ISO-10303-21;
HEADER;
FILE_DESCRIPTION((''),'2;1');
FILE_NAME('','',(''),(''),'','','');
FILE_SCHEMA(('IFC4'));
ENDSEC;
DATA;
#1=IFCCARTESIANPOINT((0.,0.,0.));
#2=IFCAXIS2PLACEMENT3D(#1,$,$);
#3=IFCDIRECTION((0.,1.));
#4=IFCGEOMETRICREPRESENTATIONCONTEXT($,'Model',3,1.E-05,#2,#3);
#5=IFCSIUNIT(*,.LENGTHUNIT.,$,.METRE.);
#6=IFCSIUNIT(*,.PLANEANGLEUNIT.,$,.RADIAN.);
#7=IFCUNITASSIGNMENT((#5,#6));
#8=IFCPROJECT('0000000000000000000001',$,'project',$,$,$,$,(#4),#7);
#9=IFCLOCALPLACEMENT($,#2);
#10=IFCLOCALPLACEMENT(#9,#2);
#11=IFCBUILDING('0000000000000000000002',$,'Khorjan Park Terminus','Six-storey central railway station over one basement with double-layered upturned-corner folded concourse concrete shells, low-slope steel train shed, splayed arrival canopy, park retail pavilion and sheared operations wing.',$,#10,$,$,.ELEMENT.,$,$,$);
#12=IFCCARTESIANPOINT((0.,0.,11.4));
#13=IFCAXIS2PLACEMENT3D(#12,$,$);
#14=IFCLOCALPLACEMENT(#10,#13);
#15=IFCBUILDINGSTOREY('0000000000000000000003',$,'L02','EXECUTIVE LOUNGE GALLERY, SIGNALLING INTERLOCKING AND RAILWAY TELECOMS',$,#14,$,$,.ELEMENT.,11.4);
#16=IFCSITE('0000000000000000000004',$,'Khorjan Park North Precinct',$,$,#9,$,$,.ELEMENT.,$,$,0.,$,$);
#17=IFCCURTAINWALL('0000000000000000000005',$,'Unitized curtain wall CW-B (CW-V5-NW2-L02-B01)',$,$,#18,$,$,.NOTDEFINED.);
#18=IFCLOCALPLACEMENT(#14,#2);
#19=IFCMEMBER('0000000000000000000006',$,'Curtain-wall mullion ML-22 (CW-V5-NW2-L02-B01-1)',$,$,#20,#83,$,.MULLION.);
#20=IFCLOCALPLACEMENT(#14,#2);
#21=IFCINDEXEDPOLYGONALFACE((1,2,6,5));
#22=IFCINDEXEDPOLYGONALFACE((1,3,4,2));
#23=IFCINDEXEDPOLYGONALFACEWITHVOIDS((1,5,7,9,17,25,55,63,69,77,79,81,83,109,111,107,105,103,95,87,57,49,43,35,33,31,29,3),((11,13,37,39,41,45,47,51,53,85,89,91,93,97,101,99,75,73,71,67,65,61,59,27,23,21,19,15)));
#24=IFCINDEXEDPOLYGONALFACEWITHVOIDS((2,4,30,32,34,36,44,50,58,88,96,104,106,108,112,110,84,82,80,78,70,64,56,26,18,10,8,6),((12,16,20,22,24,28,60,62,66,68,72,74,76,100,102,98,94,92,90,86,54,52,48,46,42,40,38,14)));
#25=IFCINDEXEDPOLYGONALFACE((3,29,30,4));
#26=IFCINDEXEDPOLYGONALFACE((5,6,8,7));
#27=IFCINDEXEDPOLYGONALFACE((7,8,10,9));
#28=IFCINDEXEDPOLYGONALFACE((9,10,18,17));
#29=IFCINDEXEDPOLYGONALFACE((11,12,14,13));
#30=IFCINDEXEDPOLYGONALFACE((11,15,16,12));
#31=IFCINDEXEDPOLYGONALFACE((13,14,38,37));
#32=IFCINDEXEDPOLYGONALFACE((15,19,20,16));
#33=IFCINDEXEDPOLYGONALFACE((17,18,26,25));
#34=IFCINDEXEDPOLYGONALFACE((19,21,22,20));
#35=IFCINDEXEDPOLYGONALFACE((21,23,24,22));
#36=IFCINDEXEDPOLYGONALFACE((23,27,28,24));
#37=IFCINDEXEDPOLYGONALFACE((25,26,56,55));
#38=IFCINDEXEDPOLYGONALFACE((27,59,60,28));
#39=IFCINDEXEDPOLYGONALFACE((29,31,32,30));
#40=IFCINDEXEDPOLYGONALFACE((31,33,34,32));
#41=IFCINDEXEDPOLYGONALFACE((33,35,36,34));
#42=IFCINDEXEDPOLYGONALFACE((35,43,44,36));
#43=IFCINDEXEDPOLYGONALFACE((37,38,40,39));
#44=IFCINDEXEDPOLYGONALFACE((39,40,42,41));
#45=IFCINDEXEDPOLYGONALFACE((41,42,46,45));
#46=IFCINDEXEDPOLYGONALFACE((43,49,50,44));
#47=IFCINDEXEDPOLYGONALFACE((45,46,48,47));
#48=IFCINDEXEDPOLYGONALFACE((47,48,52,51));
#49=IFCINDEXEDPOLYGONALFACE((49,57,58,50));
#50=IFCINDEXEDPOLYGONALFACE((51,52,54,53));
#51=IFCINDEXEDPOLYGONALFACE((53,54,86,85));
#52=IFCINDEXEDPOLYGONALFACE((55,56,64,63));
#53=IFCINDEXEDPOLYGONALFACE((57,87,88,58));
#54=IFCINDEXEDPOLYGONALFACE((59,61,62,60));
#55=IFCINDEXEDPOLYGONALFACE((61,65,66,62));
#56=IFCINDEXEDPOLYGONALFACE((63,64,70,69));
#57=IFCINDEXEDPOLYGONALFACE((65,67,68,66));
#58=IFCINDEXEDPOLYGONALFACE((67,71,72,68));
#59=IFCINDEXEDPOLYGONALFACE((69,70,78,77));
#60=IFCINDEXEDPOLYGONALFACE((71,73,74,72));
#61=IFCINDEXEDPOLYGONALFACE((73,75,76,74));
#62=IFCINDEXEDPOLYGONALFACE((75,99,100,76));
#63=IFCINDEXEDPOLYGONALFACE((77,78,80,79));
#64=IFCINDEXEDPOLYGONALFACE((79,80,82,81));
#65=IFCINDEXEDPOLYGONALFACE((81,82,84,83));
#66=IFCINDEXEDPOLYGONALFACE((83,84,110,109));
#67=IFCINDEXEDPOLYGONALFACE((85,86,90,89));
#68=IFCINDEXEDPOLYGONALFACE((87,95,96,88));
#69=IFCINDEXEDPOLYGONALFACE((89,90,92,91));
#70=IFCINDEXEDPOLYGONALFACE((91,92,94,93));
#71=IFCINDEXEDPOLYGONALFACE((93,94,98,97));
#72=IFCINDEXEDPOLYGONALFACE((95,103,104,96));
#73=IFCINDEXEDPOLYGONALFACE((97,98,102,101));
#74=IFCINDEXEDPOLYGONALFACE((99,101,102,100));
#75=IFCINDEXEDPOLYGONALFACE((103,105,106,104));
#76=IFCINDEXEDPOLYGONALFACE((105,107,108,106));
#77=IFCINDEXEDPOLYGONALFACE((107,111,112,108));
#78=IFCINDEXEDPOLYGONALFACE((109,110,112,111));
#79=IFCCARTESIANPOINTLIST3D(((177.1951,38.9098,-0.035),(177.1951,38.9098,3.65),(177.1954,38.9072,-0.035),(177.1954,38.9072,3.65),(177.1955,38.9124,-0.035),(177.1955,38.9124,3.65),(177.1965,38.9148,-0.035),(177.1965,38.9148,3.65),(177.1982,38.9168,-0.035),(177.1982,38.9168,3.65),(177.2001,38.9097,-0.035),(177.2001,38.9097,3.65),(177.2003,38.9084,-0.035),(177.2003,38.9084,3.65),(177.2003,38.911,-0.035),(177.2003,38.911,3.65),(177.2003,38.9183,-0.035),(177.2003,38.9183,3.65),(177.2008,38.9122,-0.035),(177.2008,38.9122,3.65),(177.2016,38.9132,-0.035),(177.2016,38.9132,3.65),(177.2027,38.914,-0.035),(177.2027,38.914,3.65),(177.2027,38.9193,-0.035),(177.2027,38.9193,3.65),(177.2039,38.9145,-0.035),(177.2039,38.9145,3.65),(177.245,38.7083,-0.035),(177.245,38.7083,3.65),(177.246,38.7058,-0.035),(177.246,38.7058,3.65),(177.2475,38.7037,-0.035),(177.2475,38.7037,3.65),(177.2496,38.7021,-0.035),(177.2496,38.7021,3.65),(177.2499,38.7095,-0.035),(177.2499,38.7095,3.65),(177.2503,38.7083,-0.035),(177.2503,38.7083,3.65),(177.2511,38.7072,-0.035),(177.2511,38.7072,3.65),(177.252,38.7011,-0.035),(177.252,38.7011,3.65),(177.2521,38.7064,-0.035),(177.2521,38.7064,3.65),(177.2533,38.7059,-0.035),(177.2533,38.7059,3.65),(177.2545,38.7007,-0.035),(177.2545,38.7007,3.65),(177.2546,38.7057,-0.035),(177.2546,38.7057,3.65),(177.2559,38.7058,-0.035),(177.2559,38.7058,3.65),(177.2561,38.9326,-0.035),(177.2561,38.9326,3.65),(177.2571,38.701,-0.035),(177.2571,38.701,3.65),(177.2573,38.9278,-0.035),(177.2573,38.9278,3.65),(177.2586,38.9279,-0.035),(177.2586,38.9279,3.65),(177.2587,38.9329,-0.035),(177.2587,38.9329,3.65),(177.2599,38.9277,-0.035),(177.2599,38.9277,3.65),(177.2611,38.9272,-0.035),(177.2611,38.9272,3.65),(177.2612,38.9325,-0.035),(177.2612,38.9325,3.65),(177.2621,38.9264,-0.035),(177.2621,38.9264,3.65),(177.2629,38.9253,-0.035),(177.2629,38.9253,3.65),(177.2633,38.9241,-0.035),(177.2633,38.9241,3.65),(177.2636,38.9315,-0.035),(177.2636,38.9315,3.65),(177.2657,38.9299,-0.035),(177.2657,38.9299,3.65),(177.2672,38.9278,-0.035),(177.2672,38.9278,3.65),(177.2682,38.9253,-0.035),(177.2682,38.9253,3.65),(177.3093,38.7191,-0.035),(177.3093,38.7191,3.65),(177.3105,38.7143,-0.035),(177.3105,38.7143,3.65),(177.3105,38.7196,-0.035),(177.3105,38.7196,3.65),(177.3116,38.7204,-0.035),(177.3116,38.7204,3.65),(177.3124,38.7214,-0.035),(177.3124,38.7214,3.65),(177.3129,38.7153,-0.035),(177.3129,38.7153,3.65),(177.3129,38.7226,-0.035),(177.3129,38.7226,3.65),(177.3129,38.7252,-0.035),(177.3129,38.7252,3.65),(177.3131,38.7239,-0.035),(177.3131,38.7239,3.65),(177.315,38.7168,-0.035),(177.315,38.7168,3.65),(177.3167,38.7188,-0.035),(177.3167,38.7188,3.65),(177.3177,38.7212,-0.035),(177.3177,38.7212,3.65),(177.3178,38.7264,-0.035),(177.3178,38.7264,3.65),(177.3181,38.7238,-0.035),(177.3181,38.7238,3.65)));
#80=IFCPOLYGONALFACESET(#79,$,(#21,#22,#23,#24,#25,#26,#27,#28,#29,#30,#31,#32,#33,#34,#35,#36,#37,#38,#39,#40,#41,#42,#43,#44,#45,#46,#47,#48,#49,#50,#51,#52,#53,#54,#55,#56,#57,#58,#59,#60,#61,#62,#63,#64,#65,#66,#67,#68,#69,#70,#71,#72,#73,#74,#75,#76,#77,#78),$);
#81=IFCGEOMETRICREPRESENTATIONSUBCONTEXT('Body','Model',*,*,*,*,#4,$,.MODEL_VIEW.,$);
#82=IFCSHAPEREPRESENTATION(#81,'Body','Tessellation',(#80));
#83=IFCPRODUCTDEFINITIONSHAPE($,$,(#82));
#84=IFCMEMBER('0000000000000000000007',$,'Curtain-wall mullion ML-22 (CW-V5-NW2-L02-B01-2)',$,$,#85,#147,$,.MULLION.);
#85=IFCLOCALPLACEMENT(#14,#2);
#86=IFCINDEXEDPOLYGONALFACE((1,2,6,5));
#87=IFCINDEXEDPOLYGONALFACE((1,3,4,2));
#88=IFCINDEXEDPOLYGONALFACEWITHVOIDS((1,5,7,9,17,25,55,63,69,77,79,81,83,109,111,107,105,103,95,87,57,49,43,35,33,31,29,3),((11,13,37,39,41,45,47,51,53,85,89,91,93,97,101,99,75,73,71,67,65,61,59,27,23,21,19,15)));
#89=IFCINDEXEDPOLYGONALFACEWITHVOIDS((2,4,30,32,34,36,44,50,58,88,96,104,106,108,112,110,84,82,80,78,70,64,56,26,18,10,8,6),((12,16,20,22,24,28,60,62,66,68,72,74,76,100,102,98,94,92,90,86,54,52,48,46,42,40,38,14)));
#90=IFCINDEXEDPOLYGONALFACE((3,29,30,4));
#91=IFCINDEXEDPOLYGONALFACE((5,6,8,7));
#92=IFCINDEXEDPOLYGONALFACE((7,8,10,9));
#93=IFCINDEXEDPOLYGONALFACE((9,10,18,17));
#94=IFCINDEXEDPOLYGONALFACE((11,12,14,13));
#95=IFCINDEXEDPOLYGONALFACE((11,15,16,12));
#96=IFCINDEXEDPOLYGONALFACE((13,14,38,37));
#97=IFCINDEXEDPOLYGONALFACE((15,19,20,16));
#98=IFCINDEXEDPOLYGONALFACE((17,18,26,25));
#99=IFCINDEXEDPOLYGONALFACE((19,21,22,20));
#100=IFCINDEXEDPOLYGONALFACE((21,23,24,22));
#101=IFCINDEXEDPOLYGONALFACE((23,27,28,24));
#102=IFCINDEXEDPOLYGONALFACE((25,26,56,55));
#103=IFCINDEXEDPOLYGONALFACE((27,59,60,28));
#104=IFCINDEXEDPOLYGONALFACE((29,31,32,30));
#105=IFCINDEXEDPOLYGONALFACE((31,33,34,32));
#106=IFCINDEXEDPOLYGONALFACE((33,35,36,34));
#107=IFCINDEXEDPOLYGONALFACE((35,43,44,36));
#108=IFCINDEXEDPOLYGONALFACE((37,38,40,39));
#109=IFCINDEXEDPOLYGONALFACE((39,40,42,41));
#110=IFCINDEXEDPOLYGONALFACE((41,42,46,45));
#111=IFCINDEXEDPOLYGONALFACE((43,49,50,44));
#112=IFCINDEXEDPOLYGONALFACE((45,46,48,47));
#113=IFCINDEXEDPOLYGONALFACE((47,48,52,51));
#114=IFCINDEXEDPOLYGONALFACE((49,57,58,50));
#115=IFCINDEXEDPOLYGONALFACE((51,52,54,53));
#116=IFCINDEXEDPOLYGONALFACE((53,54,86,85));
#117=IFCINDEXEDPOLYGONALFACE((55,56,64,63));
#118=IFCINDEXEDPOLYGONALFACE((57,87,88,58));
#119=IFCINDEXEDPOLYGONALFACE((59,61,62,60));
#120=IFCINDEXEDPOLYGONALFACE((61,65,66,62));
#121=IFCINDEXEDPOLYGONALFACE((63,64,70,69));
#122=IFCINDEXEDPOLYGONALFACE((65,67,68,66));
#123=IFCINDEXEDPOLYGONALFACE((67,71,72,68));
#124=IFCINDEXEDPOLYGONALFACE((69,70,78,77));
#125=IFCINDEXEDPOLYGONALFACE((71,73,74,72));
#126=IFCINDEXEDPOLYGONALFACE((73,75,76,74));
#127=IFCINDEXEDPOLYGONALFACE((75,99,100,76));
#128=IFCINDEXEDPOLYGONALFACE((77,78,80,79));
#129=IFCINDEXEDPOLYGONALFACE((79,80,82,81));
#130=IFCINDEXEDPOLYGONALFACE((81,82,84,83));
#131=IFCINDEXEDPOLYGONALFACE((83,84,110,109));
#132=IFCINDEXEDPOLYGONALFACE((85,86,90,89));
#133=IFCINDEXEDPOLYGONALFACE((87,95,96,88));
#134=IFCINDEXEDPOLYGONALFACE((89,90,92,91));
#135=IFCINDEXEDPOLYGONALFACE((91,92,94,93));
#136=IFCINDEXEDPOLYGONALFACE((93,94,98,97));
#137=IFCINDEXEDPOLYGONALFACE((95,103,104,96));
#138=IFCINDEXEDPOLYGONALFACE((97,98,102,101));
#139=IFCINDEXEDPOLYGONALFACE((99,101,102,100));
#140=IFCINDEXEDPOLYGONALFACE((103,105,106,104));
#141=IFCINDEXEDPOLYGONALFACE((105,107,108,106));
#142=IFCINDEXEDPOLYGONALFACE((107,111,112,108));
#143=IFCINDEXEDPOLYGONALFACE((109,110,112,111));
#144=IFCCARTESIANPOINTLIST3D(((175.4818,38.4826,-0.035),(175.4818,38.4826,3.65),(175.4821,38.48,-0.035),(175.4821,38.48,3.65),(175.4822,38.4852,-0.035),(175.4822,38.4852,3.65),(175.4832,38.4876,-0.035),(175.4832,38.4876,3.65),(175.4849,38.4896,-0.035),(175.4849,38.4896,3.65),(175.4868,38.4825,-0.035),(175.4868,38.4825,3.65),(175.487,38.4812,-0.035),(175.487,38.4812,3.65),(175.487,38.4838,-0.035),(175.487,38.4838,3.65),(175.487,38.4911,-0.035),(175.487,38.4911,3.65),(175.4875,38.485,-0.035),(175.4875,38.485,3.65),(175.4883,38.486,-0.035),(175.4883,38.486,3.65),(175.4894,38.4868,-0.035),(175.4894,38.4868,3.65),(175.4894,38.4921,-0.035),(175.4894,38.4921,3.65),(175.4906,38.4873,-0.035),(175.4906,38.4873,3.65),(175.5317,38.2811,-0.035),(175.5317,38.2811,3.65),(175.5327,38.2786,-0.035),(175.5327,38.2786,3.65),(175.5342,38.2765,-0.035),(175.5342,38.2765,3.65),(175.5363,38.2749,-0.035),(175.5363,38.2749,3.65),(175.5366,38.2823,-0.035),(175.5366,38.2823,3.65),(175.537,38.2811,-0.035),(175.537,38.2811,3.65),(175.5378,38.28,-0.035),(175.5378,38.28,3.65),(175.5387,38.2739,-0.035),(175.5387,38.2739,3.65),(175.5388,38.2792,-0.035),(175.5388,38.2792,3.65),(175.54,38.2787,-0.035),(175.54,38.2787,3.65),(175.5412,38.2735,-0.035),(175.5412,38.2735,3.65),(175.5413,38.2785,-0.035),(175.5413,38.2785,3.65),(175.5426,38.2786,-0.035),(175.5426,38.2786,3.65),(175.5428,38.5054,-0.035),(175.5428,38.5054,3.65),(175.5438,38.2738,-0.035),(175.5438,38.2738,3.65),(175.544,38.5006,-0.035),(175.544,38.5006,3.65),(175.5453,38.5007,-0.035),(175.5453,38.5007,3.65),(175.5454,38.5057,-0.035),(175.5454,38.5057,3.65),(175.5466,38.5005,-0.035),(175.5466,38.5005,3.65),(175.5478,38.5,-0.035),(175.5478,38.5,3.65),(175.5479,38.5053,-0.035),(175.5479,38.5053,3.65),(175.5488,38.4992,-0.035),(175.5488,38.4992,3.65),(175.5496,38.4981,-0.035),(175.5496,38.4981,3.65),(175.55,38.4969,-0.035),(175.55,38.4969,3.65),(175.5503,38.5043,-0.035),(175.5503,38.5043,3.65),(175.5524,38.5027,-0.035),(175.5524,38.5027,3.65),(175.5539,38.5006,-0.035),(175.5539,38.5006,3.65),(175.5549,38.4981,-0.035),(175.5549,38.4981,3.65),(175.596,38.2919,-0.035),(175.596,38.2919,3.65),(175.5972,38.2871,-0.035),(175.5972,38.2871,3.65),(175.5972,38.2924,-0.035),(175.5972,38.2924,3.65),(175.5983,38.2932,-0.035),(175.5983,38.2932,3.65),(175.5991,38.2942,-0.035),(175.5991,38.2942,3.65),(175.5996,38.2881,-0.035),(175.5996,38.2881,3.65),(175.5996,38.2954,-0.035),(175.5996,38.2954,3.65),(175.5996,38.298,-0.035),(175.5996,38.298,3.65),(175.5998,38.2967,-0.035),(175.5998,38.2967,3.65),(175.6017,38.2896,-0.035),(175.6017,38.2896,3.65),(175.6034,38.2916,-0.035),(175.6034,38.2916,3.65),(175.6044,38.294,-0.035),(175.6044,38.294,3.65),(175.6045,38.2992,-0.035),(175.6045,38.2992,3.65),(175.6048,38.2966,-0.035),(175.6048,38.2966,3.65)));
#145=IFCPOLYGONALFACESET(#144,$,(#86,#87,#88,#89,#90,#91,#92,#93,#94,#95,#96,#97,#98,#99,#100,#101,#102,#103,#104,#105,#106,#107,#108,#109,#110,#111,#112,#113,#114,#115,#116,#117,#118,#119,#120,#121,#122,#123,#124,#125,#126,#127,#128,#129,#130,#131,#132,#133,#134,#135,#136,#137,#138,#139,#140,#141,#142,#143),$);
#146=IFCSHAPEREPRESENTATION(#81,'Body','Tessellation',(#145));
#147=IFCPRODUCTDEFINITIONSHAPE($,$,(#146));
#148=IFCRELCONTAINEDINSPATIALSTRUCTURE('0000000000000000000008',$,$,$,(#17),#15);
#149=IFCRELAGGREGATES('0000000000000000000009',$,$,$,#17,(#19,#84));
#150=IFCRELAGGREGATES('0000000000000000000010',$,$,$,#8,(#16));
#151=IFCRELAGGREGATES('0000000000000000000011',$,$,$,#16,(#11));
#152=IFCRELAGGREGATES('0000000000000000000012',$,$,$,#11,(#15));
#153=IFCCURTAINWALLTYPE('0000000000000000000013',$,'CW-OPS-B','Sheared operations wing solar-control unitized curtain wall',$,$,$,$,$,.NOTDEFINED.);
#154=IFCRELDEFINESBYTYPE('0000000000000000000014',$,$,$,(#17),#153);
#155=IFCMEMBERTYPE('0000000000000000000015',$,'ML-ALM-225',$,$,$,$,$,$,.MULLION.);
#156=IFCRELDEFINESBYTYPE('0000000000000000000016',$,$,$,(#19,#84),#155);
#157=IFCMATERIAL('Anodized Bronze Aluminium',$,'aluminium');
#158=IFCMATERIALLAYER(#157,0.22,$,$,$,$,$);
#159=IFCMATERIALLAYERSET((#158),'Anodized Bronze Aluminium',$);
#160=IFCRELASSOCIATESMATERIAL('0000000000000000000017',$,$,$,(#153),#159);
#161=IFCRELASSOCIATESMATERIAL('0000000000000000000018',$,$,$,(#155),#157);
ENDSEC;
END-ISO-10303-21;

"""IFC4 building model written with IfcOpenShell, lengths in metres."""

from ifc_helpers import new_model, si_unit, direction, frame, origin, origin_2d, place, context, subcontext, project, spatial, hollow_rectangle, extrude, material, layer, layer_set, material_profile, profile_set, type_object, element, aggregate, save


model = new_model("IFC4")

# Units and contexts
model_context = context("Model", 3, precision=1e-05, world=origin(), true_north=direction((0.0, 1.0)))
body_context = subcontext(model_context, "Body", "Model", "MODEL_VIEW")
ifc_project = project(units=[si_unit("LENGTHUNIT", "METRE"), si_unit("PLANEANGLEUNIT", "RADIAN")], contexts=[model_context])

# Site, building, storey
site_placement = place(None, origin())
site = spatial("IfcSite", under=ifc_project, at=site_placement, Name="Khorjan Park North Precinct", CompositionType="ELEMENT", RefElevation=0.0)
building_placement = place(site_placement, origin())
building = spatial("IfcBuilding", under=site, at=building_placement, Name="Khorjan Park Terminus", Description="Six-storey central railway station over one basement with double-layered upturned-corner folded concourse concrete shells, low-slope steel train shed, splayed arrival canopy, park retail pavilion and sheared operations wing.", CompositionType="ELEMENT")
storey_placement = place(building_placement, frame((0.0, 0.0, 11.4)))
storey = spatial("IfcBuildingStorey", under=building, at=storey_placement, Name="L02", Description="EXECUTIVE LOUNGE GALLERY, SIGNALLING INTERLOCKING AND RAILWAY TELECOMS", CompositionType="ELEMENT", Elevation=11.4)

# Shared definitions
ifc_material_1 = material(Name="Anodized Bronze Aluminium", Category="aluminium")
ifc_layer_1 = layer(ifc_material_1, 0.22)
ifc_layer_set_1 = layer_set([ifc_layer_1], Name="Anodized Bronze Aluminium")
curtain_wall_type = type_object("IfcCurtainWallType", Name="CW-OPS-B", Description="Sheared operations wing solar-control unitized curtain wall", PredefinedType="NOTDEFINED", material=ifc_layer_set_1)
ifc_material_profile_1 = material_profile(ifc_material_1, hollow_rectangle(XDim=0.075, YDim=0.225, WallThickness=0.005, InnerFilletRadius=0.005, OuterFilletRadius=0.01, at=origin_2d()), Name="ALM 75x225x5")
ifc_profile_set_1 = profile_set([ifc_material_profile_1], Name="Anodized Bronze Aluminium")
member_type_1 = type_object("IfcMemberType", Name="ML-ALM-225", PredefinedType="MULLION", material=ifc_profile_set_1)

# Curtain wall, members
curtain_wall_1_placement = place(storey_placement, origin())
curtain_wall_1 = element("IfcCurtainWall", 1, at=curtain_wall_1_placement, inside=storey, type_object=curtain_wall_type, Name="Unitized curtain wall CW-B (CW-V5-NW2-L02-B01)", PredefinedType="NOTDEFINED")
member_1_placement = place(storey_placement, frame((177.2566, 38.8168, -0.035), z_axis=(0.0, 0.0, 1.0), x_axis=(-0.970297, -0.241918, 0.0)))
member_1 = element("IfcMember", 2, at=member_1_placement, type_object=member_type_1, Name="Curtain-wall mullion ML-22 (CW-V5-NW2-L02-B01-1)", PredefinedType="MULLION", context=body_context, shape_type="SweptSolid", body=[
    extrude(hollow_rectangle(XDim=0.075, YDim=0.225, WallThickness=0.005, InnerFilletRadius=0.005, OuterFilletRadius=0.01, at=origin_2d()), origin(), (0.0, 0.0, 1.0), 3.685),
])
member_2_placement = place(storey_placement, frame((175.5433, 38.3896, -0.035), z_axis=(0.0, 0.0, 1.0), x_axis=(-0.970297, -0.241918, 0.0)))
member_2 = element("IfcMember", 3, at=member_2_placement, type_object=member_type_1, Name="Curtain-wall mullion ML-22 (CW-V5-NW2-L02-B01-2)", PredefinedType="MULLION", context=body_context, shape_type="SweptSolid", body=[
    extrude(hollow_rectangle(XDim=0.075, YDim=0.225, WallThickness=0.005, InnerFilletRadius=0.005, OuterFilletRadius=0.01, at=origin_2d()), origin(), (0.0, 0.0, 1.0), 3.685),
])

aggregate(curtain_wall_1, [member_1, member_2])

save(model, "model.ifc")
